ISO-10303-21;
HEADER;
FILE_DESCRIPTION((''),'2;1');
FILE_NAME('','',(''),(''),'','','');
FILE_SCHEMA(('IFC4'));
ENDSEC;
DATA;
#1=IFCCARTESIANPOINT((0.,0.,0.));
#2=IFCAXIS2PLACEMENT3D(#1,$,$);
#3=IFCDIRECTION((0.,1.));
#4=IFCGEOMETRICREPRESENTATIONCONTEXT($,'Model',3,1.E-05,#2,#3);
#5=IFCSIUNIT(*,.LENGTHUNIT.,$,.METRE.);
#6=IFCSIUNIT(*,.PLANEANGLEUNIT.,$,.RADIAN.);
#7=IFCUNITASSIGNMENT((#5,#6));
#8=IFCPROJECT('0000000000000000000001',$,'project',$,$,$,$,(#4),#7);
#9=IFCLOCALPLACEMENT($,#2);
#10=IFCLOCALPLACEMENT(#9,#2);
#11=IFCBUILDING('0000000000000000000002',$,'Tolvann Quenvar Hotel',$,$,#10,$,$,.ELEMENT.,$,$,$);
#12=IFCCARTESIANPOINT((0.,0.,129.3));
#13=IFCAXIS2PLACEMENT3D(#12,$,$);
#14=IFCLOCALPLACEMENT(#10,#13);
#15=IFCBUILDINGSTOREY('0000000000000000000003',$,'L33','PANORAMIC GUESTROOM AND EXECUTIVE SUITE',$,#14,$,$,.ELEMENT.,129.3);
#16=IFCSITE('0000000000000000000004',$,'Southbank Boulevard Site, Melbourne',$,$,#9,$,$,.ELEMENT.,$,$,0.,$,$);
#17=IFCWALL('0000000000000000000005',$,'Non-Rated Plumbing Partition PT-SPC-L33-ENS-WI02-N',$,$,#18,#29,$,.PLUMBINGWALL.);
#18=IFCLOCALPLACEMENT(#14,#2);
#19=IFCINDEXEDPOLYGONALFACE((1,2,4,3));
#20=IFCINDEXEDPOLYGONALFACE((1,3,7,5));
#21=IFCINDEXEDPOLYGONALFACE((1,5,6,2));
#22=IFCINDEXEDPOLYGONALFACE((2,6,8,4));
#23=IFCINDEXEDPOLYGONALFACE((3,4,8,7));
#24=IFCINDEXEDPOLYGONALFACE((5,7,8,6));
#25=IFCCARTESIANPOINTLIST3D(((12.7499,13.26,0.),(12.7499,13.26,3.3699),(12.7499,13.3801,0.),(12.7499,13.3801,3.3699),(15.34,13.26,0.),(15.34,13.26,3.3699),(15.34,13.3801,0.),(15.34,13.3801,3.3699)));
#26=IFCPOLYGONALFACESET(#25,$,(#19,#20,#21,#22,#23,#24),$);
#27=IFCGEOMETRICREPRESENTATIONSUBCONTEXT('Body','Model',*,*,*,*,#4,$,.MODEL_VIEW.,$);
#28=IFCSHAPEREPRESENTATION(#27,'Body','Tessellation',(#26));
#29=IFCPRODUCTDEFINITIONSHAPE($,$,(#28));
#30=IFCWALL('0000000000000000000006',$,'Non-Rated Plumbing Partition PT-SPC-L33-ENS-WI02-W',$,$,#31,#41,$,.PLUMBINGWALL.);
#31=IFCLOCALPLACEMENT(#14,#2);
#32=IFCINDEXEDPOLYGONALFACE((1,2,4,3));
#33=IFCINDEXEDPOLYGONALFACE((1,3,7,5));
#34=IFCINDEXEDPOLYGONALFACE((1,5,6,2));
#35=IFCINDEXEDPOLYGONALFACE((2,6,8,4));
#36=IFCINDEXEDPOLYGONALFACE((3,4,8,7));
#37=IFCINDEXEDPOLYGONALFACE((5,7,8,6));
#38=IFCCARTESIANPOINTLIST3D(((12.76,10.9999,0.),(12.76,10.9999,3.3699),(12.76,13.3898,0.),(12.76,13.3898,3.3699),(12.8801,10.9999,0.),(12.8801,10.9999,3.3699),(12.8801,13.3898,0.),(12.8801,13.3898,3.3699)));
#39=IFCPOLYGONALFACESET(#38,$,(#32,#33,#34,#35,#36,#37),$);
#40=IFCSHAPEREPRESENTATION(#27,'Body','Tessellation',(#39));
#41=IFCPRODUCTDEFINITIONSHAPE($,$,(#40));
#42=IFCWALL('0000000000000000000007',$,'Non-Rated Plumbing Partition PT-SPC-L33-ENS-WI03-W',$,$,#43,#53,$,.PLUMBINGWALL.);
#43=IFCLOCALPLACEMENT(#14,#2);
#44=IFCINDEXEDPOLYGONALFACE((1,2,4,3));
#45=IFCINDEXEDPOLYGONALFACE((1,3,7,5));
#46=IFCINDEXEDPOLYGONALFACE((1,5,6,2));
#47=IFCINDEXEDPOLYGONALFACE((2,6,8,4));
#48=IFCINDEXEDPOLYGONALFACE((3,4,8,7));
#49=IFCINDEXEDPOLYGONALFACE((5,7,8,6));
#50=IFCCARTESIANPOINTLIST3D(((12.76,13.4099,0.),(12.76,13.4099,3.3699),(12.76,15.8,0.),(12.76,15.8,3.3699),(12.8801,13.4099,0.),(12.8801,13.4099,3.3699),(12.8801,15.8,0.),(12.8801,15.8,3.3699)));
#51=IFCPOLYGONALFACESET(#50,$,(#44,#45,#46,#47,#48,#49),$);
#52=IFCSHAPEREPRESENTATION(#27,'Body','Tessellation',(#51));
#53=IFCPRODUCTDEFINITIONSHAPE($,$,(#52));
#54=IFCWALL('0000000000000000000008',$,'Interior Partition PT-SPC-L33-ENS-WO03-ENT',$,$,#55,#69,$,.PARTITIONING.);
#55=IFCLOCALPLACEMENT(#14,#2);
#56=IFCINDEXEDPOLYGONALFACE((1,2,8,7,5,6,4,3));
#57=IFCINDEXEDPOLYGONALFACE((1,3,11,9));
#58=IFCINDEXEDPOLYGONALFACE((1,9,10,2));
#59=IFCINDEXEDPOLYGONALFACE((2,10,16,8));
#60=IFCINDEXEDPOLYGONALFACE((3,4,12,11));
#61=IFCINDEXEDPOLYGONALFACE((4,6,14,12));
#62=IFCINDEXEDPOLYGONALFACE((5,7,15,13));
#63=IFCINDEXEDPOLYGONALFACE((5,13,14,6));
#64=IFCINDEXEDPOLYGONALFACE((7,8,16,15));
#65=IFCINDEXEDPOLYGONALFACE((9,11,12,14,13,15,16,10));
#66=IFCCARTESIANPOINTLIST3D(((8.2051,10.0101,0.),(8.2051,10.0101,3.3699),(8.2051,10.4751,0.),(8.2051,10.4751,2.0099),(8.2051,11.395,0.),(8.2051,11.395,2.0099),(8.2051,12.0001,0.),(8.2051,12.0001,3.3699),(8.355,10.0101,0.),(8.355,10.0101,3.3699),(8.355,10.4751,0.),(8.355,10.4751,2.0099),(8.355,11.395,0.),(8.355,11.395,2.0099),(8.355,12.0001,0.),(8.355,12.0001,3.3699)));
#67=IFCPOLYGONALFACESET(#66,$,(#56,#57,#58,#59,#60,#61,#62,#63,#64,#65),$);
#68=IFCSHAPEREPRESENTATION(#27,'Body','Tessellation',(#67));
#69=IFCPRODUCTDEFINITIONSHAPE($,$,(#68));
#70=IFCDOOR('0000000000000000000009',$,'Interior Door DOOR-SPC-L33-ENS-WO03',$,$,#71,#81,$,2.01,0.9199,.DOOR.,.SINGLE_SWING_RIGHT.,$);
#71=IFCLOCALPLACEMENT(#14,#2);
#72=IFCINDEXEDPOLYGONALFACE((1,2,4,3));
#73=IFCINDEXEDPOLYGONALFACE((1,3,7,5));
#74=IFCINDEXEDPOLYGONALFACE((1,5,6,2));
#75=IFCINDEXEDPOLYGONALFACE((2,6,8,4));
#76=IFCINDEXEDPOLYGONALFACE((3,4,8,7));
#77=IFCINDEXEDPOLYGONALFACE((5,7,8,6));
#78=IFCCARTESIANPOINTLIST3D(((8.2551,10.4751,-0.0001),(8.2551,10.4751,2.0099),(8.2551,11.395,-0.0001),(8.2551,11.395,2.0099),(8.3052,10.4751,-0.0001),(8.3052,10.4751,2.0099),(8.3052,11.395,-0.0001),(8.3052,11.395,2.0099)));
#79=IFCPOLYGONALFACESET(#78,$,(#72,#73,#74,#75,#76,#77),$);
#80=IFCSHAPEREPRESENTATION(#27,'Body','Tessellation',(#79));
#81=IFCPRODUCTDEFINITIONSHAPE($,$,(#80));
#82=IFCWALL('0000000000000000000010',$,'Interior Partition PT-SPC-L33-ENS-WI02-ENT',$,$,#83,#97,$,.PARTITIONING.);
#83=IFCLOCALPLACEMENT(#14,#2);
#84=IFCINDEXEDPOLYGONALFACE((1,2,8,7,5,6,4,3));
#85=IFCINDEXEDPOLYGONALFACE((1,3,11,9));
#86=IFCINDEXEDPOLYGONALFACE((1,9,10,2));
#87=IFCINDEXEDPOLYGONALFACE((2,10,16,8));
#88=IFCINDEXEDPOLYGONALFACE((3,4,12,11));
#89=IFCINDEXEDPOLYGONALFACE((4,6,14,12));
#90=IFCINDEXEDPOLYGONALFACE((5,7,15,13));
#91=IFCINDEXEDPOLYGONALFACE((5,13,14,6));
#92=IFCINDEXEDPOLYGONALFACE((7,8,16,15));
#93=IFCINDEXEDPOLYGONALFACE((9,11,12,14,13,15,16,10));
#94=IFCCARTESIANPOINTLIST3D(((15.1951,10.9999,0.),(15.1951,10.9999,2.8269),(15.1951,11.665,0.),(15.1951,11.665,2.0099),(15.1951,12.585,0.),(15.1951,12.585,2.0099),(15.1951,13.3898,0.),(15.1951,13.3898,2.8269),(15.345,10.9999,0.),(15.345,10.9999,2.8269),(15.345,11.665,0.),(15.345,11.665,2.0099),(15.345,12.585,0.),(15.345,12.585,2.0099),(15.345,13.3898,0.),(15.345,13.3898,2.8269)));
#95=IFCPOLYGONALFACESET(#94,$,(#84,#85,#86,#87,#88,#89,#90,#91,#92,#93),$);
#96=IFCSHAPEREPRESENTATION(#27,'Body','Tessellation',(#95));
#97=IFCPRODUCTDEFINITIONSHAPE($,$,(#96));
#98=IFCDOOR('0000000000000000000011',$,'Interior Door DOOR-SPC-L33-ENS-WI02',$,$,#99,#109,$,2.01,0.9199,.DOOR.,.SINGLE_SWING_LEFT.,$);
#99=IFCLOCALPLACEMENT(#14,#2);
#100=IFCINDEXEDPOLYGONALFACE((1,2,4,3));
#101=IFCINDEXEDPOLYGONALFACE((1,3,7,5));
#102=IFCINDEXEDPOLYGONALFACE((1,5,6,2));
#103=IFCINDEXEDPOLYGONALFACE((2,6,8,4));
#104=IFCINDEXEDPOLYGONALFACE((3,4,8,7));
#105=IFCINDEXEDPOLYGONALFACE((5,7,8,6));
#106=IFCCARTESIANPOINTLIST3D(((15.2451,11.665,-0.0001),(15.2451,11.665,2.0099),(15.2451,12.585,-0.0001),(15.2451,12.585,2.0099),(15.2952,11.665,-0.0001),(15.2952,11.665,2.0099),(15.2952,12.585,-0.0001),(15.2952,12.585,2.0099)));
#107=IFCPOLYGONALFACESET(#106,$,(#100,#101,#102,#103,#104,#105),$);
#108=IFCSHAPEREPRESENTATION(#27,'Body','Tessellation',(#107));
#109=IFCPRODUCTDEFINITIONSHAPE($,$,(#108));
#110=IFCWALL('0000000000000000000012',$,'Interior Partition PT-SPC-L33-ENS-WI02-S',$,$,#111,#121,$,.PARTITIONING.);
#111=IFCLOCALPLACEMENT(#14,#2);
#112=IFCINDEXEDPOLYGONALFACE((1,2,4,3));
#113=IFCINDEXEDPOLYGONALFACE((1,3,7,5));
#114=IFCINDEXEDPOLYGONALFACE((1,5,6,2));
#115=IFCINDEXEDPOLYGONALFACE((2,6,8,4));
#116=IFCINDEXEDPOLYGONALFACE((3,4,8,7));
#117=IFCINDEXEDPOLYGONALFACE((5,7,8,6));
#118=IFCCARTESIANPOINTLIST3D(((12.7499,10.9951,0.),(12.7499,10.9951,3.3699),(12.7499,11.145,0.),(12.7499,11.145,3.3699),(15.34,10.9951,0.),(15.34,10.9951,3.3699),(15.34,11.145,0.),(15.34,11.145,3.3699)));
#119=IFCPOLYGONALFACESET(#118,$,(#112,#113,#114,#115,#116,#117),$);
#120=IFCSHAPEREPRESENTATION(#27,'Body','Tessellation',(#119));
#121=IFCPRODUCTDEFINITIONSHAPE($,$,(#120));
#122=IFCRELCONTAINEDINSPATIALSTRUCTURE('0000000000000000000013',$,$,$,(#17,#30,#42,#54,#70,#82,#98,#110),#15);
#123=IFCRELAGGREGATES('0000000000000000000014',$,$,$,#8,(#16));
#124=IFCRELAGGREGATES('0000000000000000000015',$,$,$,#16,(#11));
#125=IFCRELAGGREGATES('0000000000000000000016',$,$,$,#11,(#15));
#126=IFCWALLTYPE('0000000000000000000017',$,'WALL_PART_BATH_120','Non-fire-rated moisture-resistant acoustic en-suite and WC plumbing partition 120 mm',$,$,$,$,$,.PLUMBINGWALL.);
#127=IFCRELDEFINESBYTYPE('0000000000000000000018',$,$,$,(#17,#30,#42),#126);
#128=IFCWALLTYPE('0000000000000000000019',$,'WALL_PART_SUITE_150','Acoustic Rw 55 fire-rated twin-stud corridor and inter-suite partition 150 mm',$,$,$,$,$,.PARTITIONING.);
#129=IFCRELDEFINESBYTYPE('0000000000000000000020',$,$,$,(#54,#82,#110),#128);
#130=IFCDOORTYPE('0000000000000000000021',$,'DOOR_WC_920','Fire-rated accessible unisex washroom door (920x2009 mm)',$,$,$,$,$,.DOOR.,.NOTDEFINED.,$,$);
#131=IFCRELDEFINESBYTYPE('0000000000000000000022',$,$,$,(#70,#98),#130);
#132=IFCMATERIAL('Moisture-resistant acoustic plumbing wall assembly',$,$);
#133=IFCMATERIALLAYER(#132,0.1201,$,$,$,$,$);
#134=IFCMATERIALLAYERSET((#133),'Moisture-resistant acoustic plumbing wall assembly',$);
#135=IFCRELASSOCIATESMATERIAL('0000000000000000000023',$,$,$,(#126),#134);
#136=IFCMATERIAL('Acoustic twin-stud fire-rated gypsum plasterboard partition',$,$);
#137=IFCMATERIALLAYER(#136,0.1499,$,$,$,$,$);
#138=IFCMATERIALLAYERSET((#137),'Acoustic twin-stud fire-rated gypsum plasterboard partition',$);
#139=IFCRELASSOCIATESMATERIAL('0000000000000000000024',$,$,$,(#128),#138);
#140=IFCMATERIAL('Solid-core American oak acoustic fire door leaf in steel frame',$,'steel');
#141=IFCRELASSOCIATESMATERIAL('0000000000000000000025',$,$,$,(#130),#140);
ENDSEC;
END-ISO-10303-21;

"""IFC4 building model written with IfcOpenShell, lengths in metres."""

from ifc_helpers import new_model, si_unit, direction, frame, frame_2d, origin, place, context, subcontext, project, spatial, rectangle, extrude, source, transform, mapped, material, layer, layer_set, type_object, type_shapes, element, fill, save


model = new_model("IFC4")

# Units and contexts
model_context = context("Model", 3, precision=1e-05, world=origin(), true_north=direction((0.0, 1.0)))
body_context = subcontext(model_context, "Body", "Model", "MODEL_VIEW")
ifc_project = project(units=[si_unit("LENGTHUNIT", "METRE"), si_unit("PLANEANGLEUNIT", "RADIAN")], contexts=[model_context])

# Site, building, storey
site_placement = place(None, origin())
site = spatial("IfcSite", under=ifc_project, at=site_placement, Name="Southbank Boulevard Site, Melbourne", CompositionType="ELEMENT", RefElevation=0.0)
building_placement = place(site_placement, origin())
building = spatial("IfcBuilding", under=site, at=building_placement, Name="Tolvann Quenvar Hotel", CompositionType="ELEMENT")
storey_placement = place(building_placement, frame((0.0, 0.0, 129.3)))
storey = spatial("IfcBuildingStorey", under=building, at=storey_placement, Name="L33", Description="PANORAMIC GUESTROOM AND EXECUTIVE SUITE", CompositionType="ELEMENT", Elevation=129.3)

# Walls
ifc_material_1 = material(Name="Moisture-resistant acoustic plumbing wall assembly")
ifc_layer_1 = layer(ifc_material_1, 0.1201)
ifc_layer_set_1 = layer_set([ifc_layer_1], Name="Moisture-resistant acoustic plumbing wall assembly")
wall_type_1 = type_object("IfcWallType", Name="WALL_PART_BATH_120", Description="Non-fire-rated moisture-resistant acoustic en-suite and WC plumbing partition 120 mm", PredefinedType="PLUMBINGWALL", material=ifc_layer_set_1)
wall_1_placement = place(storey_placement, frame((12.75, 13.3201, 0.0), z_axis=(0.0, 0.0, 1.0), x_axis=(1.0, 0.0, 0.0)))
element("IfcWall", 1, at=wall_1_placement, inside=storey, type_object=wall_type_1, Name="Non-Rated Plumbing Partition PT-SPC-L33-ENS-WI02-N", PredefinedType="PLUMBINGWALL", context=body_context, shape_type="SweptSolid", body=[
    extrude(rectangle(XDim=2.5901, YDim=0.1201, at=frame_2d((1.2949, 0.0))), origin(), (0.0, 0.0, 1.0), 3.3699),
])
wall_2_placement = place(storey_placement, frame((12.8201, 11.0, 0.0), z_axis=(0.0, 0.0, 1.0), x_axis=(0.0, 1.0, 0.0)))
element("IfcWall", 2, at=wall_2_placement, inside=storey, type_object=wall_type_1, Name="Non-Rated Plumbing Partition PT-SPC-L33-ENS-WI02-W", PredefinedType="PLUMBINGWALL", context=body_context, shape_type="SweptSolid", body=[
    extrude(rectangle(XDim=2.3899, YDim=0.1201, at=frame_2d((1.1948, 0.0))), origin(), (0.0, 0.0, 1.0), 3.3699),
])
wall_3_placement = place(storey_placement, frame((12.8201, 13.4099, 0.0), z_axis=(0.0, 0.0, 1.0), x_axis=(0.0, 1.0, 0.0)))
element("IfcWall", 3, at=wall_3_placement, inside=storey, type_object=wall_type_1, Name="Non-Rated Plumbing Partition PT-SPC-L33-ENS-WI03-W", PredefinedType="PLUMBINGWALL", context=body_context, shape_type="SweptSolid", body=[
    extrude(rectangle(XDim=2.3901, YDim=0.1201, at=frame_2d((1.1951, 0.0))), origin(), (0.0, 0.0, 1.0), 3.3699),
])

# Walls, openings, doors
ifc_material_2 = material(Name="Acoustic twin-stud fire-rated gypsum plasterboard partition")
ifc_layer_2 = layer(ifc_material_2, 0.1499)
ifc_layer_set_2 = layer_set([ifc_layer_2], Name="Acoustic twin-stud fire-rated gypsum plasterboard partition")
wall_type_2 = type_object("IfcWallType", Name="WALL_PART_SUITE_150", Description="Acoustic Rw 55 fire-rated twin-stud corridor and inter-suite partition 150 mm", PredefinedType="PARTITIONING", material=ifc_layer_set_2)
wall_4_placement = place(storey_placement, frame((8.28, 10.01, 0.0), z_axis=(0.0, 0.0, 1.0), x_axis=(0.0, 1.0, 0.0)))
wall_4 = element("IfcWall", 4, at=wall_4_placement, inside=storey, type_object=wall_type_2, Name="Interior Partition PT-SPC-L33-ENS-WO03-ENT", PredefinedType="PARTITIONING", context=body_context, shape_type="SweptSolid", body=[
    extrude(rectangle(XDim=1.99, YDim=0.1499, at=frame_2d((0.9951, 0.0))), origin(), (0.0, 0.0, 1.0), 3.3699),
])
opening_1_placement = place(wall_4_placement, frame((0.4651, 0.0, 0.0)))
opening_1 = element("IfcOpeningElement", 5, at=opening_1_placement, cuts=wall_4, PredefinedType="OPENING", context=body_context, shape_type="SweptSolid", body=[
    extrude(rectangle(XDim=0.9199, YDim=2.01, at=frame_2d((0.46, 1.0049))), frame((0.0, 0.085, 0.0), z_axis=(0.0, -1.0, 0.0), x_axis=(1.0, 0.0, 0.0)), (0.0, 0.0, 1.0), 0.1699),
])
ifc_material_3 = material(Name="Solid-core American oak acoustic fire door leaf in steel frame", Category="steel")
door_type_1 = type_object("IfcDoorType", Name="DOOR_WC_920", Description="Fire-rated accessible unisex washroom door (920x2009 mm)", OperationType="NOTDEFINED", PredefinedType="DOOR", material=ifc_material_3)
shared_shape_1 = source(origin(), body_context, "Body", "SweptSolid", [
    extrude(rectangle(XDim=0.9199, YDim=2.01, at=frame_2d((0.46, 1.0049))), frame((0.0, 0.0249, 0.0), z_axis=(0.0, -1.0, 0.0), x_axis=(1.0, 0.0, 0.0)), (0.0, 0.0, 1.0), 0.05),
])
type_shapes(door_type_1, [shared_shape_1])
door_1_placement = place(opening_1_placement, origin())
door_1 = element("IfcDoor", 6, at=door_1_placement, inside=storey, type_object=door_type_1, Name="Interior Door DOOR-SPC-L33-ENS-WO03", OperationType="SINGLE_SWING_RIGHT", OverallHeight=2.01, OverallWidth=0.9199, PredefinedType="DOOR", context=body_context, shape_type="MappedRepresentation", body=[
    mapped(shared_shape_1, transform((0.0, 0.0, 0.0), x_axis=(1.0, 0.0, 0.0), y_axis=(0.0, 1.0, 0.0), z_axis=(0.0, 0.0, 1.0), scale=1.0)),
])
fill(opening_1, door_1)
wall_5_placement = place(storey_placement, frame((15.27, 11.0, 0.0), z_axis=(0.0, 0.0, 1.0), x_axis=(0.0, 1.0, 0.0)))
wall_5 = element("IfcWall", 7, at=wall_5_placement, inside=storey, type_object=wall_type_2, Name="Interior Partition PT-SPC-L33-ENS-WI02-ENT", PredefinedType="PARTITIONING", context=body_context, shape_type="SweptSolid", body=[
    extrude(rectangle(XDim=2.3899, YDim=0.1499, at=frame_2d((1.1948, 0.0))), origin(), (0.0, 0.0, 1.0), 2.8269),
])
opening_2_placement = place(wall_5_placement, frame((0.665, 0.0, 0.0)))
opening_2 = element("IfcOpeningElement", 8, at=opening_2_placement, cuts=wall_5, PredefinedType="OPENING", context=body_context, shape_type="SweptSolid", body=[
    extrude(rectangle(XDim=0.9199, YDim=2.01, at=frame_2d((0.46, 1.0049))), frame((0.0, 0.085, 0.0), z_axis=(0.0, -1.0, 0.0), x_axis=(1.0, 0.0, 0.0)), (0.0, 0.0, 1.0), 0.1699),
])
door_2_placement = place(opening_2_placement, origin())
door_2 = element("IfcDoor", 9, at=door_2_placement, inside=storey, type_object=door_type_1, Name="Interior Door DOOR-SPC-L33-ENS-WI02", OperationType="SINGLE_SWING_LEFT", OverallHeight=2.01, OverallWidth=0.9199, PredefinedType="DOOR", context=body_context, shape_type="MappedRepresentation", body=[
    mapped(shared_shape_1, transform((0.0, 0.0, 0.0), x_axis=(1.0, 0.0, 0.0), y_axis=(0.0, 1.0, 0.0), z_axis=(0.0, 0.0, 1.0), scale=1.0)),
])
fill(opening_2, door_2)

# Wall
wall_6_placement = place(storey_placement, frame((12.75, 11.0701, 0.0), z_axis=(0.0, 0.0, 1.0), x_axis=(1.0, 0.0, 0.0)))
element("IfcWall", 10, at=wall_6_placement, inside=storey, type_object=wall_type_2, Name="Interior Partition PT-SPC-L33-ENS-WI02-S", PredefinedType="PARTITIONING", context=body_context, shape_type="SweptSolid", body=[
    extrude(rectangle(XDim=2.5901, YDim=0.1499, at=frame_2d((1.2949, 0.0))), origin(), (0.0, 0.0, 1.0), 3.3699),
])

save(model, "model.ifc")
